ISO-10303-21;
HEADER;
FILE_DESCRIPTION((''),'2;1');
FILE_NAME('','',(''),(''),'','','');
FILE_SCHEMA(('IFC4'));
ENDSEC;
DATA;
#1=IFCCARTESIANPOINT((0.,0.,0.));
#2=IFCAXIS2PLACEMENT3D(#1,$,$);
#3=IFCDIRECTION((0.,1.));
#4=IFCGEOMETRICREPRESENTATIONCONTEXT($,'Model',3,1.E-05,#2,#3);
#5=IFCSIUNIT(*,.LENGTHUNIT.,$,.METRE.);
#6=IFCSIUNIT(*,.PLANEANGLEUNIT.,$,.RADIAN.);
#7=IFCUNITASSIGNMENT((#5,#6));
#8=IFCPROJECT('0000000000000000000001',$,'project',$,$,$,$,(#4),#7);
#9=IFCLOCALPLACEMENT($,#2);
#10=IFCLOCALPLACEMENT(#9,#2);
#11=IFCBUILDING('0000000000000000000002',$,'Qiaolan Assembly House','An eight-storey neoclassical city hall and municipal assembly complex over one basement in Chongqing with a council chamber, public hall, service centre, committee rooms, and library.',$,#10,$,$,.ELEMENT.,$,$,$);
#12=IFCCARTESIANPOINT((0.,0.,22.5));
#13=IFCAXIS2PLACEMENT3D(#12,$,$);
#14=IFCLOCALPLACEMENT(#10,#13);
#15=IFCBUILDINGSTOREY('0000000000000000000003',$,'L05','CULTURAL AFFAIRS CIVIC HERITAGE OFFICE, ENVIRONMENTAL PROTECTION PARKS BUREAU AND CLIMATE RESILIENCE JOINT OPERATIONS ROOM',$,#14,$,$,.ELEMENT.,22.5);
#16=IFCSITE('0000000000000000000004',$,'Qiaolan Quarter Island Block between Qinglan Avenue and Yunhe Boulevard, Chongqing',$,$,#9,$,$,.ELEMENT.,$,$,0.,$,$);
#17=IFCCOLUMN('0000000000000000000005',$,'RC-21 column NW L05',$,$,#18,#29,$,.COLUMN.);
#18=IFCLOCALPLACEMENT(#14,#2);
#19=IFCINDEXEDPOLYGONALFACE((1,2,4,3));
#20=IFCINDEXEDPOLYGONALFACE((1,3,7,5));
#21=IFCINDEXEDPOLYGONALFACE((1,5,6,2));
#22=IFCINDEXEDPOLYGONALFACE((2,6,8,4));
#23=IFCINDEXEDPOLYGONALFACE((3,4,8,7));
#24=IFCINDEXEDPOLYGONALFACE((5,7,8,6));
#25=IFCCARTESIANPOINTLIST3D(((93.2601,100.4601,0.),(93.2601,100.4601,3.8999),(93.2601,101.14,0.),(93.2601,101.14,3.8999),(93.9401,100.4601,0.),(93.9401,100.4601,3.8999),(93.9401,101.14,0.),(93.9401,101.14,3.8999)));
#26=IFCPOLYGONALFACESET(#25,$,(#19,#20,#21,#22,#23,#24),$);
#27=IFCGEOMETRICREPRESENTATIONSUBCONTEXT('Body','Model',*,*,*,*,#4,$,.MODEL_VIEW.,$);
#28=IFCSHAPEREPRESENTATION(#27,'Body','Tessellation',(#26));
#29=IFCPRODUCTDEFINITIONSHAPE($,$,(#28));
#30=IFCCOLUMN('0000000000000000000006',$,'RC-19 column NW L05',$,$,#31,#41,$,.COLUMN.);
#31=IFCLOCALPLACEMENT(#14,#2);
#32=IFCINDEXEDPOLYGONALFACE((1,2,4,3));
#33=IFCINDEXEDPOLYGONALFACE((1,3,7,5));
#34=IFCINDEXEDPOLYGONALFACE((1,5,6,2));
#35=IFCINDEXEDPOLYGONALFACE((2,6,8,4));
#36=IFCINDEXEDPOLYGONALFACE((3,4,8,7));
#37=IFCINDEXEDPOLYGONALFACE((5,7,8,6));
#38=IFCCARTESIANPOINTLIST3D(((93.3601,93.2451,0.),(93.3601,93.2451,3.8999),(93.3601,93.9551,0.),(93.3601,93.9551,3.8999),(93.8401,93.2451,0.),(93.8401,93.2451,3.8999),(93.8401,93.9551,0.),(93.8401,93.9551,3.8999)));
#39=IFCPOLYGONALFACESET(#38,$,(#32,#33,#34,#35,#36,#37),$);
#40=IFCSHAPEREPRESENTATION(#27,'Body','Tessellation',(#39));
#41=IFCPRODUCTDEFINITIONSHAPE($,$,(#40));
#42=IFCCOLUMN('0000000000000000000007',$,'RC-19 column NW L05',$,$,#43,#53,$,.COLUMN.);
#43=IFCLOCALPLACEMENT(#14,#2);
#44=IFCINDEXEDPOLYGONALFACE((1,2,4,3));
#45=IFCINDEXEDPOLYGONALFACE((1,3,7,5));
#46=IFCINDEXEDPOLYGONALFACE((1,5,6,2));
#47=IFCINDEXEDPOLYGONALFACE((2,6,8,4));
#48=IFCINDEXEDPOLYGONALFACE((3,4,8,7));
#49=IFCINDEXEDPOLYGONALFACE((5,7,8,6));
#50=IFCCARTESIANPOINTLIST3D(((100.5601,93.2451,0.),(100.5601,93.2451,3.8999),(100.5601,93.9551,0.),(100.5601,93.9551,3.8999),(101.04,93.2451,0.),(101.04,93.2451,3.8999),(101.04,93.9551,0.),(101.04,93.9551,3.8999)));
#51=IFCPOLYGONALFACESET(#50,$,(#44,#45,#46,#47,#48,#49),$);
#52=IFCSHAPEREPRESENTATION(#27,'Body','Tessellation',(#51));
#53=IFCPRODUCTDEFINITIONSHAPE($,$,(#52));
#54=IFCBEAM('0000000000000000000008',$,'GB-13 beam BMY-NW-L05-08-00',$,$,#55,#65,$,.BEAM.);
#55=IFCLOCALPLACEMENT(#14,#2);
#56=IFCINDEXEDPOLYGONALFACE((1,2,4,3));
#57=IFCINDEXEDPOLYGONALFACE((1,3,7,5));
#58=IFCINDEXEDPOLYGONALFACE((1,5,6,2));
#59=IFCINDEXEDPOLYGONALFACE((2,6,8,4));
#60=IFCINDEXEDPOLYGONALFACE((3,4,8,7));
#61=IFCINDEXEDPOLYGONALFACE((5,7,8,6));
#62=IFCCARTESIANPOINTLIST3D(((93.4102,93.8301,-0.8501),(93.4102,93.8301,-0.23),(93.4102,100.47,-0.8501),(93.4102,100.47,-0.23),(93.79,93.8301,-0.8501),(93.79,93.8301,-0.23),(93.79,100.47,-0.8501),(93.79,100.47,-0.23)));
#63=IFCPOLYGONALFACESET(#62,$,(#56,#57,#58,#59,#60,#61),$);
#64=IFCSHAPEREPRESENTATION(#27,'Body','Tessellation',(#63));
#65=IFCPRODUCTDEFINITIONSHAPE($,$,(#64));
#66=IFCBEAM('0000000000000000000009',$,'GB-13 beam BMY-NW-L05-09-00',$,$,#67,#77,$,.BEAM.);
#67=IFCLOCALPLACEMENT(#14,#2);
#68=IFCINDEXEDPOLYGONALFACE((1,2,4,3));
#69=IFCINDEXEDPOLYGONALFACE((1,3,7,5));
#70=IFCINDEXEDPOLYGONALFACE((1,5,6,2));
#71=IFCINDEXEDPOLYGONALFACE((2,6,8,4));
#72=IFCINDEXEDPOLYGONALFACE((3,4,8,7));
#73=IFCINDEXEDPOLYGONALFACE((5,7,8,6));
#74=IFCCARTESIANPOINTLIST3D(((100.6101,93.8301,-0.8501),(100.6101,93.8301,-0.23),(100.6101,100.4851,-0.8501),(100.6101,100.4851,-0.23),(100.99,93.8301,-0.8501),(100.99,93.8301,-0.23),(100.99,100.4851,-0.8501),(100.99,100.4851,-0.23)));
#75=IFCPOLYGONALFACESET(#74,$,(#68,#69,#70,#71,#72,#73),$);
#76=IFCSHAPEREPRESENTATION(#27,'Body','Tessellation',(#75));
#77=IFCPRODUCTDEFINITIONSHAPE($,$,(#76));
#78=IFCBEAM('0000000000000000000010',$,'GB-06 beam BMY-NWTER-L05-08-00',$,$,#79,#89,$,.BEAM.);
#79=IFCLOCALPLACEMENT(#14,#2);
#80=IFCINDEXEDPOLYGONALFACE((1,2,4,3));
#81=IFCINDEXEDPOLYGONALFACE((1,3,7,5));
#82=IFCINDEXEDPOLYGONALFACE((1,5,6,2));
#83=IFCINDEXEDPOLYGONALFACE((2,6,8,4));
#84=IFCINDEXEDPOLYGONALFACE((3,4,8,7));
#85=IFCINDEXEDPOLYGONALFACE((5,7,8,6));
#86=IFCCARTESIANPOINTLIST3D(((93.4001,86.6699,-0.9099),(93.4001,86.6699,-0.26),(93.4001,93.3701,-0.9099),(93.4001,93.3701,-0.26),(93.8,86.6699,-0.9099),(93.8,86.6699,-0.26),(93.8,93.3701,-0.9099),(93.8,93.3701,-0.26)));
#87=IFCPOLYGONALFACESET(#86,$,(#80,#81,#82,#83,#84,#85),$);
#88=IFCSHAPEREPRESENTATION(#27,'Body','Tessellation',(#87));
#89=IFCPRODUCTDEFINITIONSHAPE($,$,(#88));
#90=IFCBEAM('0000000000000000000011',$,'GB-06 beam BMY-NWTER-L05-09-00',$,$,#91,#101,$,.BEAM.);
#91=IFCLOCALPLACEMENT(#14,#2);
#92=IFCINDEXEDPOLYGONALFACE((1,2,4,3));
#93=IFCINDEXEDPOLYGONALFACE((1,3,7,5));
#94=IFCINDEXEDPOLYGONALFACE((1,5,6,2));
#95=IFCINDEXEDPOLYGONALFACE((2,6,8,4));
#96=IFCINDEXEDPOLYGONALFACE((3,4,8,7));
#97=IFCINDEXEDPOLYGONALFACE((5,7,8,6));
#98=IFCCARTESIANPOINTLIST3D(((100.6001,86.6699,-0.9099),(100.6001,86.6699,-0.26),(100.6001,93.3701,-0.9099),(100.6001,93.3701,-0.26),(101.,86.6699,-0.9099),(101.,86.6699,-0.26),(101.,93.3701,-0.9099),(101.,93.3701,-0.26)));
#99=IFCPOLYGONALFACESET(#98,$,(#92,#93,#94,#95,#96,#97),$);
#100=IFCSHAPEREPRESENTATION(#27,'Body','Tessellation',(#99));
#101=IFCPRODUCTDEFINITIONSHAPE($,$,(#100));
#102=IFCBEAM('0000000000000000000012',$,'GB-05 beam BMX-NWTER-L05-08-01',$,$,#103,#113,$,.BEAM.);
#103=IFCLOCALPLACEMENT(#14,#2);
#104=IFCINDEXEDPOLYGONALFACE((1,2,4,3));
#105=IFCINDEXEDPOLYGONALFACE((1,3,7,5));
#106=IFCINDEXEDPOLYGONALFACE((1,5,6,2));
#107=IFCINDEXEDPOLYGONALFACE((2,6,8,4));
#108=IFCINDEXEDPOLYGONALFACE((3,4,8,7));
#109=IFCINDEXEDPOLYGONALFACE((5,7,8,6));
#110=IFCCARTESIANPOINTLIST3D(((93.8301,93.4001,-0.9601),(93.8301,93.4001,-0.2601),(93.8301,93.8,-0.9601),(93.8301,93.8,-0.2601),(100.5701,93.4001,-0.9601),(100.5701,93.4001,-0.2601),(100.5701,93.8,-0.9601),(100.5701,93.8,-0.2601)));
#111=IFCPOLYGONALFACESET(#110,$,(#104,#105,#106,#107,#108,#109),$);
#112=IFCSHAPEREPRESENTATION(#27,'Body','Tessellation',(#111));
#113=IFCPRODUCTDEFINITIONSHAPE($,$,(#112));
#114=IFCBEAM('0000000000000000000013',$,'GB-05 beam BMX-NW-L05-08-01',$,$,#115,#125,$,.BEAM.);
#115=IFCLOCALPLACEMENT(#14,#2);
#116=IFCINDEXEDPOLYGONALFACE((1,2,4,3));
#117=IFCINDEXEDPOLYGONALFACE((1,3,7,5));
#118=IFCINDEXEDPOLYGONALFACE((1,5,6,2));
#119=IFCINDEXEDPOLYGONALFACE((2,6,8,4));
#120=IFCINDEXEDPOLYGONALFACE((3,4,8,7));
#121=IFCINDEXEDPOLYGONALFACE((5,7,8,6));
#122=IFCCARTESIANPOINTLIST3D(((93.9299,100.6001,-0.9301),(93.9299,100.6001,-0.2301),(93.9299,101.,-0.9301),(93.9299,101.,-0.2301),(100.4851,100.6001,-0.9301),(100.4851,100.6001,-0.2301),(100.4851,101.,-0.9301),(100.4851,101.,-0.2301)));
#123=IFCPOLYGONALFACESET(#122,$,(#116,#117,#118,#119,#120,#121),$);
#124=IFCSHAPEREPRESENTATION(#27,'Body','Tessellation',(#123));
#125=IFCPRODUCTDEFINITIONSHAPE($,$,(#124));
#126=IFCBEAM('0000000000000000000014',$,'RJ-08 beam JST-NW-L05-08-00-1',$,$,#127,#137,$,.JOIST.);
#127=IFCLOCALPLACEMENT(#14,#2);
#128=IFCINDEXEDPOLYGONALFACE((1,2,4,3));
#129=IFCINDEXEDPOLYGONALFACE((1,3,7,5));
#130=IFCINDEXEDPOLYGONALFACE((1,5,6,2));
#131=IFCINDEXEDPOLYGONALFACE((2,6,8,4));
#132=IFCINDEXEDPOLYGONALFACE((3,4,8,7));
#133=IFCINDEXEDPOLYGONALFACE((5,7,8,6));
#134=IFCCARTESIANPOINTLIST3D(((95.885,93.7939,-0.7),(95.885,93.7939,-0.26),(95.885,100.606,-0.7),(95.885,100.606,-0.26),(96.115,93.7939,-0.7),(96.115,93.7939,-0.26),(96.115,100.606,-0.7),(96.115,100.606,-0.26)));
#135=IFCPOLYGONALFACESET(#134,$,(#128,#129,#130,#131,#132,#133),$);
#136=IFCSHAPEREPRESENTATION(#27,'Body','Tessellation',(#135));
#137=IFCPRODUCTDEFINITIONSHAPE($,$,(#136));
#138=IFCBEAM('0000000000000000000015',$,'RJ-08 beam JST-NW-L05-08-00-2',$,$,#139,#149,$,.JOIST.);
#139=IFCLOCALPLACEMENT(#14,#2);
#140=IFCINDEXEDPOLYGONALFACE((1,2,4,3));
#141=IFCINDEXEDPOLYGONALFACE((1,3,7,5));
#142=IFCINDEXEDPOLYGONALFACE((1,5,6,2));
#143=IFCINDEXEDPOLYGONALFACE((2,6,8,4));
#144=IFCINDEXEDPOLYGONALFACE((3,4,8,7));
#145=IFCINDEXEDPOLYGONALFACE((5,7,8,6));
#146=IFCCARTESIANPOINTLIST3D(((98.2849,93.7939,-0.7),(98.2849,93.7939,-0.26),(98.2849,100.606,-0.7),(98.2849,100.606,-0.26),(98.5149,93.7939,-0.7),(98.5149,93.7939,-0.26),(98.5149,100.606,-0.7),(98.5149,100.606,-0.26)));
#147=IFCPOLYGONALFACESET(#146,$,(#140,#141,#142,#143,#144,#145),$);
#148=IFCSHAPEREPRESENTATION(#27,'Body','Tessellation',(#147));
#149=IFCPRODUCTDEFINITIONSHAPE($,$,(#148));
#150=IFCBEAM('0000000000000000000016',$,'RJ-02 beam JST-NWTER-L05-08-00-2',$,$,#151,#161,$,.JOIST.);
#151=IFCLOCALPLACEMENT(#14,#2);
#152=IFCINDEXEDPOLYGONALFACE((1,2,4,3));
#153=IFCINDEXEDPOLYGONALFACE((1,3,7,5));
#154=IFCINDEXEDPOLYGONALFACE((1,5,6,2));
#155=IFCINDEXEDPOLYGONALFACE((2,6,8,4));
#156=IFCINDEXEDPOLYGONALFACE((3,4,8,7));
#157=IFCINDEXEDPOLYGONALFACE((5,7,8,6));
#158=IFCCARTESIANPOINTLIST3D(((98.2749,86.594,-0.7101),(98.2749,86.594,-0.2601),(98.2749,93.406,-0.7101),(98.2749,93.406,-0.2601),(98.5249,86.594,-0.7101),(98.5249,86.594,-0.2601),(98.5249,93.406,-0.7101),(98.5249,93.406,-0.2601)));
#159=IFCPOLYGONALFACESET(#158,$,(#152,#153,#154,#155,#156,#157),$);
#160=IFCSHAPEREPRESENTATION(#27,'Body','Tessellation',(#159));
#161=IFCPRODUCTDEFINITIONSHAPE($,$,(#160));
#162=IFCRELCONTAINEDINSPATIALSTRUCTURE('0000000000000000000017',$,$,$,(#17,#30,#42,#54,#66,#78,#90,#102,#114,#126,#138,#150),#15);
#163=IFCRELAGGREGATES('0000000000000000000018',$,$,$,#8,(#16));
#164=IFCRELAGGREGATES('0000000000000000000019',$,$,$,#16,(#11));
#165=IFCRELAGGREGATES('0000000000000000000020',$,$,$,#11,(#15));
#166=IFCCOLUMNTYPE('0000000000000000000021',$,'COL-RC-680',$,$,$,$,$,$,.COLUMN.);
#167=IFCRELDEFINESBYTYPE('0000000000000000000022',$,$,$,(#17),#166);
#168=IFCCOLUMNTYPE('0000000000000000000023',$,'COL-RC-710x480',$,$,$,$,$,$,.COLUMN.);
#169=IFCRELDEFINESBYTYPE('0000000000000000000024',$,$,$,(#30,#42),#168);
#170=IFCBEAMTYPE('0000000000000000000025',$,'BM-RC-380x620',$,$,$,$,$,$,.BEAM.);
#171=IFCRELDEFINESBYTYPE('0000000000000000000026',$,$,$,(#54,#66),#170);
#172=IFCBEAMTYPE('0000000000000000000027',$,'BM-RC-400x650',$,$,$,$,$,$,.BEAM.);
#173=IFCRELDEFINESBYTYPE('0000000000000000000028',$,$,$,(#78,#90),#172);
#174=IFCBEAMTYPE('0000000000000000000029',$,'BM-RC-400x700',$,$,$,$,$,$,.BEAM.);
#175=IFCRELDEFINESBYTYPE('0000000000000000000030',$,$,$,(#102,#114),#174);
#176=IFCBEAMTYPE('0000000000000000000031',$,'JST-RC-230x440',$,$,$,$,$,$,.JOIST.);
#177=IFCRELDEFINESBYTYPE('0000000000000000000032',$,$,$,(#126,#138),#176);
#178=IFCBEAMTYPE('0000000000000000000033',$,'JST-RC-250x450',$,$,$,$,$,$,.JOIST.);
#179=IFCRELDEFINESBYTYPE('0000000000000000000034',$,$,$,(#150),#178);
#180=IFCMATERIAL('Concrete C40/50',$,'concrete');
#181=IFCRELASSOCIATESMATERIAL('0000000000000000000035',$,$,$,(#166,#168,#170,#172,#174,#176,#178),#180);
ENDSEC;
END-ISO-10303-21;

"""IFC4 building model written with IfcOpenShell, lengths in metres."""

from ifc_helpers import new_model, si_unit, direction, frame, origin, origin_2d, place, context, subcontext, project, spatial, rectangle, extrude, material, material_profile, profile_set, type_object, element, save


model = new_model("IFC4")

# Units and contexts
model_context = context("Model", 3, precision=1e-05, world=origin(), true_north=direction((0.0, 1.0)))
body_context = subcontext(model_context, "Body", "Model", "MODEL_VIEW")
ifc_project = project(units=[si_unit("LENGTHUNIT", "METRE"), si_unit("PLANEANGLEUNIT", "RADIAN")], contexts=[model_context])

# Site, building, storey
site_placement = place(None, origin())
site = spatial("IfcSite", under=ifc_project, at=site_placement, Name="Qiaolan Quarter Island Block between Qinglan Avenue and Yunhe Boulevard, Chongqing", CompositionType="ELEMENT", RefElevation=0.0)
building_placement = place(site_placement, origin())
building = spatial("IfcBuilding", under=site, at=building_placement, Name="Qiaolan Assembly House", Description="An eight-storey neoclassical city hall and municipal assembly complex over one basement in Chongqing with a council chamber, public hall, service centre, committee rooms, and library.", CompositionType="ELEMENT")
storey_placement = place(building_placement, frame((0.0, 0.0, 22.5)))
storey = spatial("IfcBuildingStorey", under=building, at=storey_placement, Name="L05", Description="CULTURAL AFFAIRS CIVIC HERITAGE OFFICE, ENVIRONMENTAL PROTECTION PARKS BUREAU AND CLIMATE RESILIENCE JOINT OPERATIONS ROOM", CompositionType="ELEMENT", Elevation=22.5)

# Columns
ifc_material_1 = material(Name="Concrete C40/50", Category="concrete")
ifc_material_profile_1 = material_profile(ifc_material_1, rectangle(XDim=0.6799, YDim=0.6799, at=origin_2d()), Name="RC 680x680")
ifc_profile_set_1 = profile_set([ifc_material_profile_1], Name="Concrete C40/50")
column_type_1 = type_object("IfcColumnType", Name="COL-RC-680", PredefinedType="COLUMN", material=ifc_profile_set_1)
column_placement = place(storey_placement, frame((93.6001, 100.8, 0.0), z_axis=(0.0, 0.0, 1.0), x_axis=(1.0, 0.0, 0.0)))
element("IfcColumn", 1, at=column_placement, inside=storey, type_object=column_type_1, Name="RC-21 column NW L05", PredefinedType="COLUMN", context=body_context, shape_type="SweptSolid", body=[
    extrude(rectangle(XDim=0.6799, YDim=0.6799, at=origin_2d()), origin(), (0.0, 0.0, 1.0), 3.8999),
])
ifc_material_profile_2 = material_profile(ifc_material_1, rectangle(XDim=0.48, YDim=0.71, at=origin_2d()), Name="RC 710x480")
ifc_profile_set_2 = profile_set([ifc_material_profile_2], Name="Concrete C40/50")
column_type_2 = type_object("IfcColumnType", Name="COL-RC-710x480", PredefinedType="COLUMN", material=ifc_profile_set_2)
for number, where, z_axis, x_axis, name in (
    (2, (93.6001, 93.6001, 0.0), (0.0, 0.0, 1.0), (1.0, 0.0, 0.0), "RC-19 column NW L05"),
    (3, (100.8, 93.6001, 0.0), (0.0, 0.0, 1.0), (1.0, 0.0, 0.0), "RC-19 column NW L05"),
):
    element("IfcColumn", number, at=place(storey_placement, frame(where, z_axis=z_axis, x_axis=x_axis)), inside=storey, type_object=column_type_2, Name=name, PredefinedType="COLUMN", context=body_context, shape_type="SweptSolid", body=[
        extrude(rectangle(XDim=0.48, YDim=0.71, at=origin_2d()), origin(), (0.0, 0.0, 1.0), 3.8999),
    ])

# Beams
ifc_material_profile_3 = material_profile(ifc_material_1, rectangle(XDim=0.3799, YDim=0.6201, at=origin_2d()), Name="RCB 380x620")
ifc_profile_set_3 = profile_set([ifc_material_profile_3], Name="Concrete C40/50")
beam_type_1 = type_object("IfcBeamType", Name="BM-RC-380x620", PredefinedType="BEAM", material=ifc_profile_set_3)
beam_1_placement = place(storey_placement, frame((93.6001, 93.8301, -0.54), z_axis=(0.0, 1.0, 0.0), x_axis=(-1.0, 0.0, 0.0)))
element("IfcBeam", 4, at=beam_1_placement, inside=storey, type_object=beam_type_1, Name="GB-13 beam BMY-NW-L05-08-00", PredefinedType="BEAM", context=body_context, shape_type="SweptSolid", body=[
    extrude(rectangle(XDim=0.3799, YDim=0.6201, at=origin_2d()), origin(), (0.0, 0.0, 1.0), 6.6399),
])
beam_2_placement = place(storey_placement, frame((100.8, 93.8301, -0.54), z_axis=(0.0, 1.0, 0.0), x_axis=(-1.0, 0.0, 0.0)))
element("IfcBeam", 5, at=beam_2_placement, inside=storey, type_object=beam_type_1, Name="GB-13 beam BMY-NW-L05-09-00", PredefinedType="BEAM", context=body_context, shape_type="SweptSolid", body=[
    extrude(rectangle(XDim=0.3799, YDim=0.6201, at=origin_2d()), origin(), (0.0, 0.0, 1.0), 6.655),
])
ifc_material_profile_4 = material_profile(ifc_material_1, rectangle(XDim=0.3999, YDim=0.6499, at=origin_2d()), Name="RCB 400x650")
ifc_profile_set_4 = profile_set([ifc_material_profile_4], Name="Concrete C40/50")
beam_type_2 = type_object("IfcBeamType", Name="BM-RC-400x650", PredefinedType="BEAM", material=ifc_profile_set_4)
for number, where, z_axis, x_axis, name in (
    (6, (93.6001, 86.6699, -0.585), (0.0, 1.0, 0.0), (-1.0, 0.0, 0.0), "GB-06 beam BMY-NWTER-L05-08-00"),
    (7, (100.8, 86.6699, -0.585), (0.0, 1.0, 0.0), (-1.0, 0.0, 0.0), "GB-06 beam BMY-NWTER-L05-09-00"),
):
    element("IfcBeam", number, at=place(storey_placement, frame(where, z_axis=z_axis, x_axis=x_axis)), inside=storey, type_object=beam_type_2, Name=name, PredefinedType="BEAM", context=body_context, shape_type="SweptSolid", body=[
        extrude(rectangle(XDim=0.3999, YDim=0.6499, at=origin_2d()), origin(), (0.0, 0.0, 1.0), 6.7002),
    ])
ifc_material_profile_5 = material_profile(ifc_material_1, rectangle(XDim=0.3999, YDim=0.7, at=origin_2d()), Name="RCB 400x700")
ifc_profile_set_5 = profile_set([ifc_material_profile_5], Name="Concrete C40/50")
beam_type_3 = type_object("IfcBeamType", Name="BM-RC-400x700", PredefinedType="BEAM", material=ifc_profile_set_5)
beam_3_placement = place(storey_placement, frame((93.8301, 93.6001, -0.6101), z_axis=(1.0, 0.0, 0.0), x_axis=(0.0, 1.0, 0.0)))
element("IfcBeam", 8, at=beam_3_placement, inside=storey, type_object=beam_type_3, Name="GB-05 beam BMX-NWTER-L05-08-01", PredefinedType="BEAM", context=body_context, shape_type="SweptSolid", body=[
    extrude(rectangle(XDim=0.3999, YDim=0.7, at=origin_2d()), origin(), (0.0, 0.0, 1.0), 6.74),
])
beam_4_placement = place(storey_placement, frame((93.9299, 100.8, -0.5801), z_axis=(1.0, 0.0, 0.0), x_axis=(0.0, 1.0, 0.0)))
element("IfcBeam", 9, at=beam_4_placement, inside=storey, type_object=beam_type_3, Name="GB-05 beam BMX-NW-L05-08-01", PredefinedType="BEAM", context=body_context, shape_type="SweptSolid", body=[
    extrude(rectangle(XDim=0.3999, YDim=0.7, at=origin_2d()), origin(), (0.0, 0.0, 1.0), 6.5552),
])
ifc_material_profile_6 = material_profile(ifc_material_1, rectangle(XDim=0.23, YDim=0.4399, at=origin_2d()), Name="RCB 230x440")
ifc_profile_set_6 = profile_set([ifc_material_profile_6], Name="Concrete C40/50")
beam_type_4 = type_object("IfcBeamType", Name="JST-RC-230x440", PredefinedType="JOIST", material=ifc_profile_set_6)
for number, where, z_axis, x_axis, name in (
    (10, (96.0, 93.7939, -0.48), (0.0, 1.0, 0.0), (-1.0, 0.0, 0.0), "RJ-08 beam JST-NW-L05-08-00-1"),
    (11, (98.3999, 93.7939, -0.48), (0.0, 1.0, 0.0), (-1.0, 0.0, 0.0), "RJ-08 beam JST-NW-L05-08-00-2"),
):
    element("IfcBeam", number, at=place(storey_placement, frame(where, z_axis=z_axis, x_axis=x_axis)), inside=storey, type_object=beam_type_4, Name=name, PredefinedType="JOIST", context=body_context, shape_type="SweptSolid", body=[
        extrude(rectangle(XDim=0.23, YDim=0.4399, at=origin_2d()), origin(), (0.0, 0.0, 1.0), 6.812),
    ])
ifc_material_profile_7 = material_profile(ifc_material_1, rectangle(XDim=0.25, YDim=0.45, at=origin_2d()), Name="RCB 250x450")
ifc_profile_set_7 = profile_set([ifc_material_profile_7], Name="Concrete C40/50")
beam_type_5 = type_object("IfcBeamType", Name="JST-RC-250x450", PredefinedType="JOIST", material=ifc_profile_set_7)
beam_5_placement = place(storey_placement, frame((98.3999, 86.594, -0.4851), z_axis=(0.0, 1.0, 0.0), x_axis=(-1.0, 0.0, 0.0)))
element("IfcBeam", 12, at=beam_5_placement, inside=storey, type_object=beam_type_5, Name="RJ-02 beam JST-NWTER-L05-08-00-2", PredefinedType="JOIST", context=body_context, shape_type="SweptSolid", body=[
    extrude(rectangle(XDim=0.25, YDim=0.45, at=origin_2d()), origin(), (0.0, 0.0, 1.0), 6.812),
])

save(model, "model.ifc")
